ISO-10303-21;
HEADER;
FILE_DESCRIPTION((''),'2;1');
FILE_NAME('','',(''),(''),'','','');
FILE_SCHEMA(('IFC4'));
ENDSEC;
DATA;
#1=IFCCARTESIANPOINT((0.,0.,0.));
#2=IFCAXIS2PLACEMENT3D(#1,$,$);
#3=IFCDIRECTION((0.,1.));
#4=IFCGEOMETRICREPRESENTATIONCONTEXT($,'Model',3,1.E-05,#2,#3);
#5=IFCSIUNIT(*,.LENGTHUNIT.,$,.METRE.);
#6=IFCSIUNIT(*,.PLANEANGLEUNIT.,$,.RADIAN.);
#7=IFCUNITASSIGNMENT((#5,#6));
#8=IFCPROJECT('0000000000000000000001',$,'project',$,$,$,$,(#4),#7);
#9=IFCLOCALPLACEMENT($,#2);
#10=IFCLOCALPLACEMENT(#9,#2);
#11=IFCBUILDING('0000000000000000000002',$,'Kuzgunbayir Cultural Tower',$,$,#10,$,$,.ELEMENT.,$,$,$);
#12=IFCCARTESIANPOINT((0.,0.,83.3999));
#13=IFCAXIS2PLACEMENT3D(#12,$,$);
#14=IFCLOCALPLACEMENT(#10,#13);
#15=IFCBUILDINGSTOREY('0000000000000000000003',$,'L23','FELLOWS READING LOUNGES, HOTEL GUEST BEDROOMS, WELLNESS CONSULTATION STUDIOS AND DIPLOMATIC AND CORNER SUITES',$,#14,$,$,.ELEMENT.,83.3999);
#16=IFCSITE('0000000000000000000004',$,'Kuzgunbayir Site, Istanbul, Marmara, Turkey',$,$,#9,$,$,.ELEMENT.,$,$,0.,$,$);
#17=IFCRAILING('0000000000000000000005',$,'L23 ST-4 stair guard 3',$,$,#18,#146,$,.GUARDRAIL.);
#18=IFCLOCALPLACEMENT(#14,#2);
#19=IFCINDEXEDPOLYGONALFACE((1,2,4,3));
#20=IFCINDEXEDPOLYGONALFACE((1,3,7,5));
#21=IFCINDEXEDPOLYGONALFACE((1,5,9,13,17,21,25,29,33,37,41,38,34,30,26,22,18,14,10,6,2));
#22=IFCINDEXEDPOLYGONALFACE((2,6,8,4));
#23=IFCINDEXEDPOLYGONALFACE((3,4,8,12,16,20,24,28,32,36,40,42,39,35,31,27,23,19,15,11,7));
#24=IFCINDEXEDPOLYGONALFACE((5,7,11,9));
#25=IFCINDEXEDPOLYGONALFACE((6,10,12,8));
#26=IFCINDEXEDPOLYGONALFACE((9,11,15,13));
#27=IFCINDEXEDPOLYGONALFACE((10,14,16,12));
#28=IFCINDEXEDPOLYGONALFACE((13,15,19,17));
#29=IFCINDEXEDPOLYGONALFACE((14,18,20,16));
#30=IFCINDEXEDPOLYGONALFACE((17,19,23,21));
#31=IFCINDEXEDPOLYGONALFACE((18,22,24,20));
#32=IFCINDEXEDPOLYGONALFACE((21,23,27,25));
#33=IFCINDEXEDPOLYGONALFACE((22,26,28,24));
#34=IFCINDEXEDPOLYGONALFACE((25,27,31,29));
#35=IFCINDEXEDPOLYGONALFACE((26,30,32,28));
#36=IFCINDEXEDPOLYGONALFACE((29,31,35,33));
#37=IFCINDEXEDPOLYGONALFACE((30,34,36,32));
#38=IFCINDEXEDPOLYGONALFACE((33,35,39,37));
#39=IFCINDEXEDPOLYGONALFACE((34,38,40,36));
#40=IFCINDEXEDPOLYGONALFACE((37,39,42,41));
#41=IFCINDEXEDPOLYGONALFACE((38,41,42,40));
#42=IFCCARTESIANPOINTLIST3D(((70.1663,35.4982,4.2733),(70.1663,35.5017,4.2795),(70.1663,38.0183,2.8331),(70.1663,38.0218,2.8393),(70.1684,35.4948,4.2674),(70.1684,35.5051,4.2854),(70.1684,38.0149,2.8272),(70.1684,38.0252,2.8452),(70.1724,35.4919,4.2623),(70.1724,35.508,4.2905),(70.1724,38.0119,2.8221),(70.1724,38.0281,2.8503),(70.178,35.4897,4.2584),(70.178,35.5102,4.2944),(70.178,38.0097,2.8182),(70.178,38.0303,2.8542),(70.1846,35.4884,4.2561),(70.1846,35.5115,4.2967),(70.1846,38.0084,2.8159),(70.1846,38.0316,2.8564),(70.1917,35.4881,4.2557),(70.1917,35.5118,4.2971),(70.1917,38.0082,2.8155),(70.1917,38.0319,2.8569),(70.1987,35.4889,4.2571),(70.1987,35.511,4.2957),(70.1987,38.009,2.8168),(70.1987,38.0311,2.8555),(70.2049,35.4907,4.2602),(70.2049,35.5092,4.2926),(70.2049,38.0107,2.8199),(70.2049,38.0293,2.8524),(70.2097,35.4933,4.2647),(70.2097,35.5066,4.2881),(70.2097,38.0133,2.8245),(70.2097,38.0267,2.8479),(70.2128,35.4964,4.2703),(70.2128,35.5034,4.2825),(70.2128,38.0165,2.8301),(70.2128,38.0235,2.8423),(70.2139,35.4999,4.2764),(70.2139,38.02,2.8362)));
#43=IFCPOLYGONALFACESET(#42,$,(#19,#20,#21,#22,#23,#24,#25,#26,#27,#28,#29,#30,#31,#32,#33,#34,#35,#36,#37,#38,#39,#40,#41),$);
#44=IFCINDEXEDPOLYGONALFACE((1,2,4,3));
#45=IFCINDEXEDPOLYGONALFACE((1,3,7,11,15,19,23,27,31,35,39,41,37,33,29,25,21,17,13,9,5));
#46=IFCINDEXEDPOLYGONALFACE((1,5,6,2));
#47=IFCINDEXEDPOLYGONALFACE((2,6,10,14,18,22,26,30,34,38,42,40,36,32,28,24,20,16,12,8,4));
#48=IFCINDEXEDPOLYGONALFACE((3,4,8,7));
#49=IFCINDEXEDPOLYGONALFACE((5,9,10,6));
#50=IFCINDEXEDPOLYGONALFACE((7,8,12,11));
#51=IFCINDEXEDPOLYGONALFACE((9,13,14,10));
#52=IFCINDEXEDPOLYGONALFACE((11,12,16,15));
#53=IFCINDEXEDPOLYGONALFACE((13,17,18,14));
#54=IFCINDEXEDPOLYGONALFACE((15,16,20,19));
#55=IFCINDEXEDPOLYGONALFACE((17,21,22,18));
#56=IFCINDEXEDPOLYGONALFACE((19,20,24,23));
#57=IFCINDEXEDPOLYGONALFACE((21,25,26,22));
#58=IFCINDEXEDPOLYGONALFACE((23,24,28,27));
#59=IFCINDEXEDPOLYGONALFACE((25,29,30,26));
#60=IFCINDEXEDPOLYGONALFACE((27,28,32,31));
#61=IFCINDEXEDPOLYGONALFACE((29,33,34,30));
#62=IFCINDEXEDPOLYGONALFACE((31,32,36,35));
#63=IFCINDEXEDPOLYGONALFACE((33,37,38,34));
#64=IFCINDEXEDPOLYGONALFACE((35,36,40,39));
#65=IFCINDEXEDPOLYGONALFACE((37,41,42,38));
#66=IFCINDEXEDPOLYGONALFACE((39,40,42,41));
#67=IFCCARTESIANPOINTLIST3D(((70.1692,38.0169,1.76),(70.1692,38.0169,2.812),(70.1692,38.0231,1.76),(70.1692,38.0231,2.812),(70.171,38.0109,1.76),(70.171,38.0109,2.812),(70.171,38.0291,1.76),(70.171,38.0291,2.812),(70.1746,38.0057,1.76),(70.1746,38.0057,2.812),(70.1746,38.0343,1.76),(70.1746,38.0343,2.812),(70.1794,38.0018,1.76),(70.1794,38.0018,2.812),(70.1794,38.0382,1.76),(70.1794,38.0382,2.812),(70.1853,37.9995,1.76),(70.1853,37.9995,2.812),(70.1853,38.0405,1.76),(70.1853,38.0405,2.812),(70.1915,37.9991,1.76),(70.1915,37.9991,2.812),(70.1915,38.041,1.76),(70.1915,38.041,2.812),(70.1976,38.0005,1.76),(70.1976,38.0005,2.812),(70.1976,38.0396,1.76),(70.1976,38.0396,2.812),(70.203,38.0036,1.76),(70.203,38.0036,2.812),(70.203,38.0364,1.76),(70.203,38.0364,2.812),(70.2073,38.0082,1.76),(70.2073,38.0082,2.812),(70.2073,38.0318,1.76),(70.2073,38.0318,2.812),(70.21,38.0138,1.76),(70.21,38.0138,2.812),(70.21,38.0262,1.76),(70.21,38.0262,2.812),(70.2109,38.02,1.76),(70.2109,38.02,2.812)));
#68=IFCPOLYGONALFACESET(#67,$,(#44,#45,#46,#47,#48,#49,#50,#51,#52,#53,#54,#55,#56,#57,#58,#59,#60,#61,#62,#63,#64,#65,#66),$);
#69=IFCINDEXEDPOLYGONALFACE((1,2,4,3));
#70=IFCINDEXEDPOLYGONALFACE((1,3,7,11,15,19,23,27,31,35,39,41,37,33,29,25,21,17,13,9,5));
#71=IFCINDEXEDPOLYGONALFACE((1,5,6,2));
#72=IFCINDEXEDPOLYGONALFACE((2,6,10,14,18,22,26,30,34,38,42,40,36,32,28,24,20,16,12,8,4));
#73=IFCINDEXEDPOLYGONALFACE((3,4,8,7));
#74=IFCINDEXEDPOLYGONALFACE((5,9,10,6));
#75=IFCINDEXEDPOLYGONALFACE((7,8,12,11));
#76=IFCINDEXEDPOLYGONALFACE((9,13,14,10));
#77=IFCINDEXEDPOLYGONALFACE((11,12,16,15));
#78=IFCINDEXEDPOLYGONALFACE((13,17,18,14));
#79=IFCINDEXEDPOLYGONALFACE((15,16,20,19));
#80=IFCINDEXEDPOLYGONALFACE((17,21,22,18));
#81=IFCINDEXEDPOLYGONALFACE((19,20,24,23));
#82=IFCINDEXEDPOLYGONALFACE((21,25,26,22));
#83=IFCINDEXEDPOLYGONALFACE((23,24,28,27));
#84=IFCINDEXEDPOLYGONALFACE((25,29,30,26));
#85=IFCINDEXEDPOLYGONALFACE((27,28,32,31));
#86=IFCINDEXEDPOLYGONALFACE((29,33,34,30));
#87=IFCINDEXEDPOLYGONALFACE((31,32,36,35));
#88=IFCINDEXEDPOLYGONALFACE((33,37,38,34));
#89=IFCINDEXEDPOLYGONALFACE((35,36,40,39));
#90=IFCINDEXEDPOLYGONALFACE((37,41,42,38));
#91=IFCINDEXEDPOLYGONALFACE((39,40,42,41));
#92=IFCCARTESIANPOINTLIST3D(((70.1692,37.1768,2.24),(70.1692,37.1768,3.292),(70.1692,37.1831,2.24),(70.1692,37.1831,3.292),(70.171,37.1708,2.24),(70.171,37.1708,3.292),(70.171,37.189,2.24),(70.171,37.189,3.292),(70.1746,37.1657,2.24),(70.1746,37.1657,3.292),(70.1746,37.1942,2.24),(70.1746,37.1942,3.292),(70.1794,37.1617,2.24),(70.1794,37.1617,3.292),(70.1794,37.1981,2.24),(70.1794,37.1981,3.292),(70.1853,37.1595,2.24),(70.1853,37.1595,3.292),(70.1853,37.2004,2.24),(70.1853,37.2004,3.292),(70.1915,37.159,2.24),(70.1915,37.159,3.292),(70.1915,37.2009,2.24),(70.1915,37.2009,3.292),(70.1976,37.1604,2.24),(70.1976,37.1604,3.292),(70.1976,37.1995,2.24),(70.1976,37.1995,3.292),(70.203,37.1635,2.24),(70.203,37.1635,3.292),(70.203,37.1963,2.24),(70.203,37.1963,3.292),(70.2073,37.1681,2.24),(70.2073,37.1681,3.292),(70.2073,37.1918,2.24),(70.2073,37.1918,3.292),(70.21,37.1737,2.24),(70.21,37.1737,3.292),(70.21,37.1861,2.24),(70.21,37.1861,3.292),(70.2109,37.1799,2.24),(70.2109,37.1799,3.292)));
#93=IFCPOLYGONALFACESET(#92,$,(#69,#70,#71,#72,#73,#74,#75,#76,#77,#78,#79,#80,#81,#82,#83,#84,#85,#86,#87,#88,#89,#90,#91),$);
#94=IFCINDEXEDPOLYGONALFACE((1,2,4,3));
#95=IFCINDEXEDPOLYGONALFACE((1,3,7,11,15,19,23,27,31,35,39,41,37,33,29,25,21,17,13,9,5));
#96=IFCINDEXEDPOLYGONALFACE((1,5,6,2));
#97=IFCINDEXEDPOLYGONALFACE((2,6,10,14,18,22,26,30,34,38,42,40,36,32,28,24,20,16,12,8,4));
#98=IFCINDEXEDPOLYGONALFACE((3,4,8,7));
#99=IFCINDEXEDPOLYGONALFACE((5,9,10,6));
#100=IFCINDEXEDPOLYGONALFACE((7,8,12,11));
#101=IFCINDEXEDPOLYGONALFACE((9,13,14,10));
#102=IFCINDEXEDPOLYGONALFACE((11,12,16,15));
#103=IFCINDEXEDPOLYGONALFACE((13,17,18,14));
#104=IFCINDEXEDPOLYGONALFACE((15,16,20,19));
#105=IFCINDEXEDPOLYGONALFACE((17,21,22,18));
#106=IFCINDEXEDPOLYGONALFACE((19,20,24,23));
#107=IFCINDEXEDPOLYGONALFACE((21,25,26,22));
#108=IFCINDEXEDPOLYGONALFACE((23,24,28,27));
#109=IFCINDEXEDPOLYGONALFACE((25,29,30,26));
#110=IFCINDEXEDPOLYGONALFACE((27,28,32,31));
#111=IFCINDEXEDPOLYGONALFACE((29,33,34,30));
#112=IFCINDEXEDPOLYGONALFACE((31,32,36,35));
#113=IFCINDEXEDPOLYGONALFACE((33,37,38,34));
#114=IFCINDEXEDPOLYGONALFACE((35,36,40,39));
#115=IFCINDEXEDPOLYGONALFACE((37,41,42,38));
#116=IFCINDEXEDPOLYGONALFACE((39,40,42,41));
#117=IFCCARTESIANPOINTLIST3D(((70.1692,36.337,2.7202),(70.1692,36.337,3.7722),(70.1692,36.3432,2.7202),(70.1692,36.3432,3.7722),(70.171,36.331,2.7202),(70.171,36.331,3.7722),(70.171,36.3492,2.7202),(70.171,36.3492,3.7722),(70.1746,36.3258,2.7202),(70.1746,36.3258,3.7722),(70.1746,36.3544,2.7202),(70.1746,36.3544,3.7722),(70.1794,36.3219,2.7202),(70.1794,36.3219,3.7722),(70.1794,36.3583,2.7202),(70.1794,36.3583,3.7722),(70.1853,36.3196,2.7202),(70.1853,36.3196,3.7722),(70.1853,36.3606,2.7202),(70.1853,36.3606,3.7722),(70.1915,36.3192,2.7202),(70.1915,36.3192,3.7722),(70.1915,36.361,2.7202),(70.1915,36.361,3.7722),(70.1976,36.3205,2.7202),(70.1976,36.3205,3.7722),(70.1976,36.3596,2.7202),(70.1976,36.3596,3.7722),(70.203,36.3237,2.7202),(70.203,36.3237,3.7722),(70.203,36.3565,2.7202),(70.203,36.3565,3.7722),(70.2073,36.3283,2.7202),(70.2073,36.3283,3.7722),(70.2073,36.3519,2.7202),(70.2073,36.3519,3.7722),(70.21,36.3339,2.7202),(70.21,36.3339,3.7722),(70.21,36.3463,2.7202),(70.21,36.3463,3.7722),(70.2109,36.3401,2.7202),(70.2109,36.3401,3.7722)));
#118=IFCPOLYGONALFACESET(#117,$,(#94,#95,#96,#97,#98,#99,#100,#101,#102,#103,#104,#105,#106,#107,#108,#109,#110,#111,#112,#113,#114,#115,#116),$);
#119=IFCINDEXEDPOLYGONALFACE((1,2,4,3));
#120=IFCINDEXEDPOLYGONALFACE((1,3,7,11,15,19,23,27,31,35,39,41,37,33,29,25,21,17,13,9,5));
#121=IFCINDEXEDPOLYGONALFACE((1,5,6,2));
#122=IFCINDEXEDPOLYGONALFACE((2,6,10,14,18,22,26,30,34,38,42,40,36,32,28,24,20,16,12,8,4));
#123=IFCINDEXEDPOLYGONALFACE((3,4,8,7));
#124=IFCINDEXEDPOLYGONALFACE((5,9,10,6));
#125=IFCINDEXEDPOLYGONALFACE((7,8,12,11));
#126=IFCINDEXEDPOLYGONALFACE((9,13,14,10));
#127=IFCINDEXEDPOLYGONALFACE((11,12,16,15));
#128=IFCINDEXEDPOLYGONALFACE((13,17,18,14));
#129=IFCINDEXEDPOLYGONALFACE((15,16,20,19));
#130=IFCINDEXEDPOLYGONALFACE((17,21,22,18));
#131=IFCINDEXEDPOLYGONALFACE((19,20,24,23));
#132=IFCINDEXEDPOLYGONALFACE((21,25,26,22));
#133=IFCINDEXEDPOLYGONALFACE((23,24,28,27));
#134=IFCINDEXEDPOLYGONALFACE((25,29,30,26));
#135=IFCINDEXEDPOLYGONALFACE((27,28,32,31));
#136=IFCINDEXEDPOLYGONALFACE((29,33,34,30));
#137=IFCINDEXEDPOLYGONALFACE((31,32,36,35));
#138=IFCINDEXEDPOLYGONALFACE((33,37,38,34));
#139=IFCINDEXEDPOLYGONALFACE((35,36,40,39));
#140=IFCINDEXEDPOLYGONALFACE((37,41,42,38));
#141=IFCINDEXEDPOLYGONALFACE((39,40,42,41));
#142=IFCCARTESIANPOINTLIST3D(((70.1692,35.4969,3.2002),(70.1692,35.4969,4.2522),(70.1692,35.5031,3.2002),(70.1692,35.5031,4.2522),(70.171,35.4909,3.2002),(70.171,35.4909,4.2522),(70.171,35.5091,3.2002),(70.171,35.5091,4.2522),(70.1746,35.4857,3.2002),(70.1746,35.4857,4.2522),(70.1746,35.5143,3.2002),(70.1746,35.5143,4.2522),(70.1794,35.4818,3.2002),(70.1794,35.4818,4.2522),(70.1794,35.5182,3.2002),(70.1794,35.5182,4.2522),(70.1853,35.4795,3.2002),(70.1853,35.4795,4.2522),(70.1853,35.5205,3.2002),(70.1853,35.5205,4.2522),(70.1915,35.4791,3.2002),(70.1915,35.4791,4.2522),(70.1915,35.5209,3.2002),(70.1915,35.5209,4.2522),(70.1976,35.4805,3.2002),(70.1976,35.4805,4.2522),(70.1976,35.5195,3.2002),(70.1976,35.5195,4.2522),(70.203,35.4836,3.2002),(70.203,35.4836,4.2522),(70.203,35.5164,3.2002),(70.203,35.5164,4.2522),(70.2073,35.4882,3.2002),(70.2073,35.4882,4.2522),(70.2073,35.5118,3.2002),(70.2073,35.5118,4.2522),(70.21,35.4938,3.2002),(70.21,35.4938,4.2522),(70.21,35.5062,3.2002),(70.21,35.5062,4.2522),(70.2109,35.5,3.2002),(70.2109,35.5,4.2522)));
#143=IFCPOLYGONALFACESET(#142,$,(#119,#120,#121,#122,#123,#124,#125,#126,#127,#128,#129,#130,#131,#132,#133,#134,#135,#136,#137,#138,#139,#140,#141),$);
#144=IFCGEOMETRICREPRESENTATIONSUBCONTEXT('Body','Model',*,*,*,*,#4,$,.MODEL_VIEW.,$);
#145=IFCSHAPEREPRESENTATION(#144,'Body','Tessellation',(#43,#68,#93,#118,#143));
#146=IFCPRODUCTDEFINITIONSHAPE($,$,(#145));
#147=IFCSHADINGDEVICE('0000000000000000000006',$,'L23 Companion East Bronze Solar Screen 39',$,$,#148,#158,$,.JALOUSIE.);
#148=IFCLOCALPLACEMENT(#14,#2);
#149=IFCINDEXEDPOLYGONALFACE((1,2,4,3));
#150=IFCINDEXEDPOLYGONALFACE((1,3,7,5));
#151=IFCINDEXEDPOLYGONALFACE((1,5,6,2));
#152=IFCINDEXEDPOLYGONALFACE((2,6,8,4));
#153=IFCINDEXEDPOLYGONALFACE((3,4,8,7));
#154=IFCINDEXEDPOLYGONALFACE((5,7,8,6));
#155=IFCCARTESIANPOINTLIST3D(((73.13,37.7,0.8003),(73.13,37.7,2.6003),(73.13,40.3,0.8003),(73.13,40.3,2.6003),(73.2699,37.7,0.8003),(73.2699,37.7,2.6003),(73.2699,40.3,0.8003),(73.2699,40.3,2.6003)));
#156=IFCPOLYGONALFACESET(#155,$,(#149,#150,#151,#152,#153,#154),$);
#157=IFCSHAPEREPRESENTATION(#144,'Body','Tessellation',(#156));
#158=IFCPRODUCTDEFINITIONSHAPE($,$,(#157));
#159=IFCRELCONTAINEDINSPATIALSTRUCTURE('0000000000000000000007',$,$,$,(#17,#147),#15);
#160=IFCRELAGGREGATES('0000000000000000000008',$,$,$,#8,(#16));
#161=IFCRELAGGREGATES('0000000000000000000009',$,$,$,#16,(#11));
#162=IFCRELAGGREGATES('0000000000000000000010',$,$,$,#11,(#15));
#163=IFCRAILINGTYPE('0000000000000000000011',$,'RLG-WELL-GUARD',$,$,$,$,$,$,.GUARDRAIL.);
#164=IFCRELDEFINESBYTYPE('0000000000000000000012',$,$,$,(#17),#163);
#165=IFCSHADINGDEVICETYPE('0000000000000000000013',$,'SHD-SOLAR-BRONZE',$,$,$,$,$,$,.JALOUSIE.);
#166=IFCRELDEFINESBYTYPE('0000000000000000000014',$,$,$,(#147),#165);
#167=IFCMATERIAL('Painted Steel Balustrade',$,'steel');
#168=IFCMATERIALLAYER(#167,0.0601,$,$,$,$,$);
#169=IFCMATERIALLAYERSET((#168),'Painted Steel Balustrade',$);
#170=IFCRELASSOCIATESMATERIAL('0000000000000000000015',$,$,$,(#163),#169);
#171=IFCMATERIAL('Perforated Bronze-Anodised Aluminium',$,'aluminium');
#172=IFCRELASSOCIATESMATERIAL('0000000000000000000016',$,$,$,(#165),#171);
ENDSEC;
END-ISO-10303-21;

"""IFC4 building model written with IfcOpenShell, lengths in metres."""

from ifc_helpers import new_model, si_unit, direction, frame, origin, origin_2d, place, context, subcontext, project, spatial, rectangle, circle, extrude, material, layer, layer_set, type_object, element, save


model = new_model("IFC4")

# Units and contexts
model_context = context("Model", 3, precision=1e-05, world=origin(), true_north=direction((0.0, 1.0)))
body_context = subcontext(model_context, "Body", "Model", "MODEL_VIEW")
ifc_project = project(units=[si_unit("LENGTHUNIT", "METRE"), si_unit("PLANEANGLEUNIT", "RADIAN")], contexts=[model_context])

# Site, building, storey
site_placement = place(None, origin())
site = spatial("IfcSite", under=ifc_project, at=site_placement, Name="Kuzgunbayir Site, Istanbul, Marmara, Turkey", CompositionType="ELEMENT", RefElevation=0.0)
building_placement = place(site_placement, origin())
building = spatial("IfcBuilding", under=site, at=building_placement, Name="Kuzgunbayir Cultural Tower", CompositionType="ELEMENT")
storey_placement = place(building_placement, frame((0.0, 0.0, 83.3999)))
storey = spatial("IfcBuildingStorey", under=building, at=storey_placement, Name="L23", Description="FELLOWS READING LOUNGES, HOTEL GUEST BEDROOMS, WELLNESS CONSULTATION STUDIOS AND DIPLOMATIC AND CORNER SUITES", CompositionType="ELEMENT", Elevation=83.3999)

# Railing
ifc_material_1 = material(Name="Painted Steel Balustrade", Category="steel")
ifc_layer_1 = layer(ifc_material_1, 0.0601)
ifc_layer_set_1 = layer_set([ifc_layer_1], Name="Painted Steel Balustrade")
railing_type_1 = type_object("IfcRailingType", Name="RLG-WELL-GUARD", PredefinedType="GUARDRAIL", material=ifc_layer_set_1)
railing_1_placement = place(storey_placement, frame((70.1899, 38.02, 1.76)))
element("IfcRailing", 1, at=railing_1_placement, inside=storey, type_object=railing_type_1, Name="L23 ST-4 stair guard 3", PredefinedType="GUARDRAIL", context=body_context, shape_type="SweptSolid", body=[
    extrude(circle(Radius=0.0239, at=origin_2d()), frame((0.0, 0.0, 1.0762), z_axis=(0.0, -0.868217, 0.496184), x_axis=(1.0, 0.0, 0.0)), (0.0, 0.0, 1.0), 2.9026),
    extrude(circle(Radius=0.021, at=origin_2d()), origin(), (0.0, 0.0, 1.0), 1.052),
    extrude(circle(Radius=0.021, at=origin_2d()), frame((0.0, -0.8401, 0.48)), (0.0, 0.0, 1.0), 1.052),
    extrude(circle(Radius=0.021, at=origin_2d()), frame((0.0, -1.6799, 0.9602)), (0.0, 0.0, 1.0), 1.052),
    extrude(circle(Radius=0.021, at=origin_2d()), frame((0.0, -2.52, 1.4402)), (0.0, 0.0, 1.0), 1.052),
])

# Shading device
ifc_material_2 = material(Name="Perforated Bronze-Anodised Aluminium", Category="aluminium")
shading_device_type = type_object("IfcShadingDeviceType", Name="SHD-SOLAR-BRONZE", PredefinedType="JALOUSIE", material=ifc_material_2)
shading_device_placement = place(storey_placement, frame((73.2, 39.0, 0.8003), z_axis=(0.0, 0.0, 1.0), x_axis=(1.0, 0.0, 0.0)))
element("IfcShadingDevice", 2, at=shading_device_placement, inside=storey, type_object=shading_device_type, Name="L23 Companion East Bronze Solar Screen 39", PredefinedType="JALOUSIE", context=body_context, shape_type="SweptSolid", body=[
    extrude(rectangle(XDim=0.1399, YDim=2.6001, at=origin_2d()), origin(), (0.0, 0.0, 1.0), 1.8),
])

save(model, "model.ifc")
